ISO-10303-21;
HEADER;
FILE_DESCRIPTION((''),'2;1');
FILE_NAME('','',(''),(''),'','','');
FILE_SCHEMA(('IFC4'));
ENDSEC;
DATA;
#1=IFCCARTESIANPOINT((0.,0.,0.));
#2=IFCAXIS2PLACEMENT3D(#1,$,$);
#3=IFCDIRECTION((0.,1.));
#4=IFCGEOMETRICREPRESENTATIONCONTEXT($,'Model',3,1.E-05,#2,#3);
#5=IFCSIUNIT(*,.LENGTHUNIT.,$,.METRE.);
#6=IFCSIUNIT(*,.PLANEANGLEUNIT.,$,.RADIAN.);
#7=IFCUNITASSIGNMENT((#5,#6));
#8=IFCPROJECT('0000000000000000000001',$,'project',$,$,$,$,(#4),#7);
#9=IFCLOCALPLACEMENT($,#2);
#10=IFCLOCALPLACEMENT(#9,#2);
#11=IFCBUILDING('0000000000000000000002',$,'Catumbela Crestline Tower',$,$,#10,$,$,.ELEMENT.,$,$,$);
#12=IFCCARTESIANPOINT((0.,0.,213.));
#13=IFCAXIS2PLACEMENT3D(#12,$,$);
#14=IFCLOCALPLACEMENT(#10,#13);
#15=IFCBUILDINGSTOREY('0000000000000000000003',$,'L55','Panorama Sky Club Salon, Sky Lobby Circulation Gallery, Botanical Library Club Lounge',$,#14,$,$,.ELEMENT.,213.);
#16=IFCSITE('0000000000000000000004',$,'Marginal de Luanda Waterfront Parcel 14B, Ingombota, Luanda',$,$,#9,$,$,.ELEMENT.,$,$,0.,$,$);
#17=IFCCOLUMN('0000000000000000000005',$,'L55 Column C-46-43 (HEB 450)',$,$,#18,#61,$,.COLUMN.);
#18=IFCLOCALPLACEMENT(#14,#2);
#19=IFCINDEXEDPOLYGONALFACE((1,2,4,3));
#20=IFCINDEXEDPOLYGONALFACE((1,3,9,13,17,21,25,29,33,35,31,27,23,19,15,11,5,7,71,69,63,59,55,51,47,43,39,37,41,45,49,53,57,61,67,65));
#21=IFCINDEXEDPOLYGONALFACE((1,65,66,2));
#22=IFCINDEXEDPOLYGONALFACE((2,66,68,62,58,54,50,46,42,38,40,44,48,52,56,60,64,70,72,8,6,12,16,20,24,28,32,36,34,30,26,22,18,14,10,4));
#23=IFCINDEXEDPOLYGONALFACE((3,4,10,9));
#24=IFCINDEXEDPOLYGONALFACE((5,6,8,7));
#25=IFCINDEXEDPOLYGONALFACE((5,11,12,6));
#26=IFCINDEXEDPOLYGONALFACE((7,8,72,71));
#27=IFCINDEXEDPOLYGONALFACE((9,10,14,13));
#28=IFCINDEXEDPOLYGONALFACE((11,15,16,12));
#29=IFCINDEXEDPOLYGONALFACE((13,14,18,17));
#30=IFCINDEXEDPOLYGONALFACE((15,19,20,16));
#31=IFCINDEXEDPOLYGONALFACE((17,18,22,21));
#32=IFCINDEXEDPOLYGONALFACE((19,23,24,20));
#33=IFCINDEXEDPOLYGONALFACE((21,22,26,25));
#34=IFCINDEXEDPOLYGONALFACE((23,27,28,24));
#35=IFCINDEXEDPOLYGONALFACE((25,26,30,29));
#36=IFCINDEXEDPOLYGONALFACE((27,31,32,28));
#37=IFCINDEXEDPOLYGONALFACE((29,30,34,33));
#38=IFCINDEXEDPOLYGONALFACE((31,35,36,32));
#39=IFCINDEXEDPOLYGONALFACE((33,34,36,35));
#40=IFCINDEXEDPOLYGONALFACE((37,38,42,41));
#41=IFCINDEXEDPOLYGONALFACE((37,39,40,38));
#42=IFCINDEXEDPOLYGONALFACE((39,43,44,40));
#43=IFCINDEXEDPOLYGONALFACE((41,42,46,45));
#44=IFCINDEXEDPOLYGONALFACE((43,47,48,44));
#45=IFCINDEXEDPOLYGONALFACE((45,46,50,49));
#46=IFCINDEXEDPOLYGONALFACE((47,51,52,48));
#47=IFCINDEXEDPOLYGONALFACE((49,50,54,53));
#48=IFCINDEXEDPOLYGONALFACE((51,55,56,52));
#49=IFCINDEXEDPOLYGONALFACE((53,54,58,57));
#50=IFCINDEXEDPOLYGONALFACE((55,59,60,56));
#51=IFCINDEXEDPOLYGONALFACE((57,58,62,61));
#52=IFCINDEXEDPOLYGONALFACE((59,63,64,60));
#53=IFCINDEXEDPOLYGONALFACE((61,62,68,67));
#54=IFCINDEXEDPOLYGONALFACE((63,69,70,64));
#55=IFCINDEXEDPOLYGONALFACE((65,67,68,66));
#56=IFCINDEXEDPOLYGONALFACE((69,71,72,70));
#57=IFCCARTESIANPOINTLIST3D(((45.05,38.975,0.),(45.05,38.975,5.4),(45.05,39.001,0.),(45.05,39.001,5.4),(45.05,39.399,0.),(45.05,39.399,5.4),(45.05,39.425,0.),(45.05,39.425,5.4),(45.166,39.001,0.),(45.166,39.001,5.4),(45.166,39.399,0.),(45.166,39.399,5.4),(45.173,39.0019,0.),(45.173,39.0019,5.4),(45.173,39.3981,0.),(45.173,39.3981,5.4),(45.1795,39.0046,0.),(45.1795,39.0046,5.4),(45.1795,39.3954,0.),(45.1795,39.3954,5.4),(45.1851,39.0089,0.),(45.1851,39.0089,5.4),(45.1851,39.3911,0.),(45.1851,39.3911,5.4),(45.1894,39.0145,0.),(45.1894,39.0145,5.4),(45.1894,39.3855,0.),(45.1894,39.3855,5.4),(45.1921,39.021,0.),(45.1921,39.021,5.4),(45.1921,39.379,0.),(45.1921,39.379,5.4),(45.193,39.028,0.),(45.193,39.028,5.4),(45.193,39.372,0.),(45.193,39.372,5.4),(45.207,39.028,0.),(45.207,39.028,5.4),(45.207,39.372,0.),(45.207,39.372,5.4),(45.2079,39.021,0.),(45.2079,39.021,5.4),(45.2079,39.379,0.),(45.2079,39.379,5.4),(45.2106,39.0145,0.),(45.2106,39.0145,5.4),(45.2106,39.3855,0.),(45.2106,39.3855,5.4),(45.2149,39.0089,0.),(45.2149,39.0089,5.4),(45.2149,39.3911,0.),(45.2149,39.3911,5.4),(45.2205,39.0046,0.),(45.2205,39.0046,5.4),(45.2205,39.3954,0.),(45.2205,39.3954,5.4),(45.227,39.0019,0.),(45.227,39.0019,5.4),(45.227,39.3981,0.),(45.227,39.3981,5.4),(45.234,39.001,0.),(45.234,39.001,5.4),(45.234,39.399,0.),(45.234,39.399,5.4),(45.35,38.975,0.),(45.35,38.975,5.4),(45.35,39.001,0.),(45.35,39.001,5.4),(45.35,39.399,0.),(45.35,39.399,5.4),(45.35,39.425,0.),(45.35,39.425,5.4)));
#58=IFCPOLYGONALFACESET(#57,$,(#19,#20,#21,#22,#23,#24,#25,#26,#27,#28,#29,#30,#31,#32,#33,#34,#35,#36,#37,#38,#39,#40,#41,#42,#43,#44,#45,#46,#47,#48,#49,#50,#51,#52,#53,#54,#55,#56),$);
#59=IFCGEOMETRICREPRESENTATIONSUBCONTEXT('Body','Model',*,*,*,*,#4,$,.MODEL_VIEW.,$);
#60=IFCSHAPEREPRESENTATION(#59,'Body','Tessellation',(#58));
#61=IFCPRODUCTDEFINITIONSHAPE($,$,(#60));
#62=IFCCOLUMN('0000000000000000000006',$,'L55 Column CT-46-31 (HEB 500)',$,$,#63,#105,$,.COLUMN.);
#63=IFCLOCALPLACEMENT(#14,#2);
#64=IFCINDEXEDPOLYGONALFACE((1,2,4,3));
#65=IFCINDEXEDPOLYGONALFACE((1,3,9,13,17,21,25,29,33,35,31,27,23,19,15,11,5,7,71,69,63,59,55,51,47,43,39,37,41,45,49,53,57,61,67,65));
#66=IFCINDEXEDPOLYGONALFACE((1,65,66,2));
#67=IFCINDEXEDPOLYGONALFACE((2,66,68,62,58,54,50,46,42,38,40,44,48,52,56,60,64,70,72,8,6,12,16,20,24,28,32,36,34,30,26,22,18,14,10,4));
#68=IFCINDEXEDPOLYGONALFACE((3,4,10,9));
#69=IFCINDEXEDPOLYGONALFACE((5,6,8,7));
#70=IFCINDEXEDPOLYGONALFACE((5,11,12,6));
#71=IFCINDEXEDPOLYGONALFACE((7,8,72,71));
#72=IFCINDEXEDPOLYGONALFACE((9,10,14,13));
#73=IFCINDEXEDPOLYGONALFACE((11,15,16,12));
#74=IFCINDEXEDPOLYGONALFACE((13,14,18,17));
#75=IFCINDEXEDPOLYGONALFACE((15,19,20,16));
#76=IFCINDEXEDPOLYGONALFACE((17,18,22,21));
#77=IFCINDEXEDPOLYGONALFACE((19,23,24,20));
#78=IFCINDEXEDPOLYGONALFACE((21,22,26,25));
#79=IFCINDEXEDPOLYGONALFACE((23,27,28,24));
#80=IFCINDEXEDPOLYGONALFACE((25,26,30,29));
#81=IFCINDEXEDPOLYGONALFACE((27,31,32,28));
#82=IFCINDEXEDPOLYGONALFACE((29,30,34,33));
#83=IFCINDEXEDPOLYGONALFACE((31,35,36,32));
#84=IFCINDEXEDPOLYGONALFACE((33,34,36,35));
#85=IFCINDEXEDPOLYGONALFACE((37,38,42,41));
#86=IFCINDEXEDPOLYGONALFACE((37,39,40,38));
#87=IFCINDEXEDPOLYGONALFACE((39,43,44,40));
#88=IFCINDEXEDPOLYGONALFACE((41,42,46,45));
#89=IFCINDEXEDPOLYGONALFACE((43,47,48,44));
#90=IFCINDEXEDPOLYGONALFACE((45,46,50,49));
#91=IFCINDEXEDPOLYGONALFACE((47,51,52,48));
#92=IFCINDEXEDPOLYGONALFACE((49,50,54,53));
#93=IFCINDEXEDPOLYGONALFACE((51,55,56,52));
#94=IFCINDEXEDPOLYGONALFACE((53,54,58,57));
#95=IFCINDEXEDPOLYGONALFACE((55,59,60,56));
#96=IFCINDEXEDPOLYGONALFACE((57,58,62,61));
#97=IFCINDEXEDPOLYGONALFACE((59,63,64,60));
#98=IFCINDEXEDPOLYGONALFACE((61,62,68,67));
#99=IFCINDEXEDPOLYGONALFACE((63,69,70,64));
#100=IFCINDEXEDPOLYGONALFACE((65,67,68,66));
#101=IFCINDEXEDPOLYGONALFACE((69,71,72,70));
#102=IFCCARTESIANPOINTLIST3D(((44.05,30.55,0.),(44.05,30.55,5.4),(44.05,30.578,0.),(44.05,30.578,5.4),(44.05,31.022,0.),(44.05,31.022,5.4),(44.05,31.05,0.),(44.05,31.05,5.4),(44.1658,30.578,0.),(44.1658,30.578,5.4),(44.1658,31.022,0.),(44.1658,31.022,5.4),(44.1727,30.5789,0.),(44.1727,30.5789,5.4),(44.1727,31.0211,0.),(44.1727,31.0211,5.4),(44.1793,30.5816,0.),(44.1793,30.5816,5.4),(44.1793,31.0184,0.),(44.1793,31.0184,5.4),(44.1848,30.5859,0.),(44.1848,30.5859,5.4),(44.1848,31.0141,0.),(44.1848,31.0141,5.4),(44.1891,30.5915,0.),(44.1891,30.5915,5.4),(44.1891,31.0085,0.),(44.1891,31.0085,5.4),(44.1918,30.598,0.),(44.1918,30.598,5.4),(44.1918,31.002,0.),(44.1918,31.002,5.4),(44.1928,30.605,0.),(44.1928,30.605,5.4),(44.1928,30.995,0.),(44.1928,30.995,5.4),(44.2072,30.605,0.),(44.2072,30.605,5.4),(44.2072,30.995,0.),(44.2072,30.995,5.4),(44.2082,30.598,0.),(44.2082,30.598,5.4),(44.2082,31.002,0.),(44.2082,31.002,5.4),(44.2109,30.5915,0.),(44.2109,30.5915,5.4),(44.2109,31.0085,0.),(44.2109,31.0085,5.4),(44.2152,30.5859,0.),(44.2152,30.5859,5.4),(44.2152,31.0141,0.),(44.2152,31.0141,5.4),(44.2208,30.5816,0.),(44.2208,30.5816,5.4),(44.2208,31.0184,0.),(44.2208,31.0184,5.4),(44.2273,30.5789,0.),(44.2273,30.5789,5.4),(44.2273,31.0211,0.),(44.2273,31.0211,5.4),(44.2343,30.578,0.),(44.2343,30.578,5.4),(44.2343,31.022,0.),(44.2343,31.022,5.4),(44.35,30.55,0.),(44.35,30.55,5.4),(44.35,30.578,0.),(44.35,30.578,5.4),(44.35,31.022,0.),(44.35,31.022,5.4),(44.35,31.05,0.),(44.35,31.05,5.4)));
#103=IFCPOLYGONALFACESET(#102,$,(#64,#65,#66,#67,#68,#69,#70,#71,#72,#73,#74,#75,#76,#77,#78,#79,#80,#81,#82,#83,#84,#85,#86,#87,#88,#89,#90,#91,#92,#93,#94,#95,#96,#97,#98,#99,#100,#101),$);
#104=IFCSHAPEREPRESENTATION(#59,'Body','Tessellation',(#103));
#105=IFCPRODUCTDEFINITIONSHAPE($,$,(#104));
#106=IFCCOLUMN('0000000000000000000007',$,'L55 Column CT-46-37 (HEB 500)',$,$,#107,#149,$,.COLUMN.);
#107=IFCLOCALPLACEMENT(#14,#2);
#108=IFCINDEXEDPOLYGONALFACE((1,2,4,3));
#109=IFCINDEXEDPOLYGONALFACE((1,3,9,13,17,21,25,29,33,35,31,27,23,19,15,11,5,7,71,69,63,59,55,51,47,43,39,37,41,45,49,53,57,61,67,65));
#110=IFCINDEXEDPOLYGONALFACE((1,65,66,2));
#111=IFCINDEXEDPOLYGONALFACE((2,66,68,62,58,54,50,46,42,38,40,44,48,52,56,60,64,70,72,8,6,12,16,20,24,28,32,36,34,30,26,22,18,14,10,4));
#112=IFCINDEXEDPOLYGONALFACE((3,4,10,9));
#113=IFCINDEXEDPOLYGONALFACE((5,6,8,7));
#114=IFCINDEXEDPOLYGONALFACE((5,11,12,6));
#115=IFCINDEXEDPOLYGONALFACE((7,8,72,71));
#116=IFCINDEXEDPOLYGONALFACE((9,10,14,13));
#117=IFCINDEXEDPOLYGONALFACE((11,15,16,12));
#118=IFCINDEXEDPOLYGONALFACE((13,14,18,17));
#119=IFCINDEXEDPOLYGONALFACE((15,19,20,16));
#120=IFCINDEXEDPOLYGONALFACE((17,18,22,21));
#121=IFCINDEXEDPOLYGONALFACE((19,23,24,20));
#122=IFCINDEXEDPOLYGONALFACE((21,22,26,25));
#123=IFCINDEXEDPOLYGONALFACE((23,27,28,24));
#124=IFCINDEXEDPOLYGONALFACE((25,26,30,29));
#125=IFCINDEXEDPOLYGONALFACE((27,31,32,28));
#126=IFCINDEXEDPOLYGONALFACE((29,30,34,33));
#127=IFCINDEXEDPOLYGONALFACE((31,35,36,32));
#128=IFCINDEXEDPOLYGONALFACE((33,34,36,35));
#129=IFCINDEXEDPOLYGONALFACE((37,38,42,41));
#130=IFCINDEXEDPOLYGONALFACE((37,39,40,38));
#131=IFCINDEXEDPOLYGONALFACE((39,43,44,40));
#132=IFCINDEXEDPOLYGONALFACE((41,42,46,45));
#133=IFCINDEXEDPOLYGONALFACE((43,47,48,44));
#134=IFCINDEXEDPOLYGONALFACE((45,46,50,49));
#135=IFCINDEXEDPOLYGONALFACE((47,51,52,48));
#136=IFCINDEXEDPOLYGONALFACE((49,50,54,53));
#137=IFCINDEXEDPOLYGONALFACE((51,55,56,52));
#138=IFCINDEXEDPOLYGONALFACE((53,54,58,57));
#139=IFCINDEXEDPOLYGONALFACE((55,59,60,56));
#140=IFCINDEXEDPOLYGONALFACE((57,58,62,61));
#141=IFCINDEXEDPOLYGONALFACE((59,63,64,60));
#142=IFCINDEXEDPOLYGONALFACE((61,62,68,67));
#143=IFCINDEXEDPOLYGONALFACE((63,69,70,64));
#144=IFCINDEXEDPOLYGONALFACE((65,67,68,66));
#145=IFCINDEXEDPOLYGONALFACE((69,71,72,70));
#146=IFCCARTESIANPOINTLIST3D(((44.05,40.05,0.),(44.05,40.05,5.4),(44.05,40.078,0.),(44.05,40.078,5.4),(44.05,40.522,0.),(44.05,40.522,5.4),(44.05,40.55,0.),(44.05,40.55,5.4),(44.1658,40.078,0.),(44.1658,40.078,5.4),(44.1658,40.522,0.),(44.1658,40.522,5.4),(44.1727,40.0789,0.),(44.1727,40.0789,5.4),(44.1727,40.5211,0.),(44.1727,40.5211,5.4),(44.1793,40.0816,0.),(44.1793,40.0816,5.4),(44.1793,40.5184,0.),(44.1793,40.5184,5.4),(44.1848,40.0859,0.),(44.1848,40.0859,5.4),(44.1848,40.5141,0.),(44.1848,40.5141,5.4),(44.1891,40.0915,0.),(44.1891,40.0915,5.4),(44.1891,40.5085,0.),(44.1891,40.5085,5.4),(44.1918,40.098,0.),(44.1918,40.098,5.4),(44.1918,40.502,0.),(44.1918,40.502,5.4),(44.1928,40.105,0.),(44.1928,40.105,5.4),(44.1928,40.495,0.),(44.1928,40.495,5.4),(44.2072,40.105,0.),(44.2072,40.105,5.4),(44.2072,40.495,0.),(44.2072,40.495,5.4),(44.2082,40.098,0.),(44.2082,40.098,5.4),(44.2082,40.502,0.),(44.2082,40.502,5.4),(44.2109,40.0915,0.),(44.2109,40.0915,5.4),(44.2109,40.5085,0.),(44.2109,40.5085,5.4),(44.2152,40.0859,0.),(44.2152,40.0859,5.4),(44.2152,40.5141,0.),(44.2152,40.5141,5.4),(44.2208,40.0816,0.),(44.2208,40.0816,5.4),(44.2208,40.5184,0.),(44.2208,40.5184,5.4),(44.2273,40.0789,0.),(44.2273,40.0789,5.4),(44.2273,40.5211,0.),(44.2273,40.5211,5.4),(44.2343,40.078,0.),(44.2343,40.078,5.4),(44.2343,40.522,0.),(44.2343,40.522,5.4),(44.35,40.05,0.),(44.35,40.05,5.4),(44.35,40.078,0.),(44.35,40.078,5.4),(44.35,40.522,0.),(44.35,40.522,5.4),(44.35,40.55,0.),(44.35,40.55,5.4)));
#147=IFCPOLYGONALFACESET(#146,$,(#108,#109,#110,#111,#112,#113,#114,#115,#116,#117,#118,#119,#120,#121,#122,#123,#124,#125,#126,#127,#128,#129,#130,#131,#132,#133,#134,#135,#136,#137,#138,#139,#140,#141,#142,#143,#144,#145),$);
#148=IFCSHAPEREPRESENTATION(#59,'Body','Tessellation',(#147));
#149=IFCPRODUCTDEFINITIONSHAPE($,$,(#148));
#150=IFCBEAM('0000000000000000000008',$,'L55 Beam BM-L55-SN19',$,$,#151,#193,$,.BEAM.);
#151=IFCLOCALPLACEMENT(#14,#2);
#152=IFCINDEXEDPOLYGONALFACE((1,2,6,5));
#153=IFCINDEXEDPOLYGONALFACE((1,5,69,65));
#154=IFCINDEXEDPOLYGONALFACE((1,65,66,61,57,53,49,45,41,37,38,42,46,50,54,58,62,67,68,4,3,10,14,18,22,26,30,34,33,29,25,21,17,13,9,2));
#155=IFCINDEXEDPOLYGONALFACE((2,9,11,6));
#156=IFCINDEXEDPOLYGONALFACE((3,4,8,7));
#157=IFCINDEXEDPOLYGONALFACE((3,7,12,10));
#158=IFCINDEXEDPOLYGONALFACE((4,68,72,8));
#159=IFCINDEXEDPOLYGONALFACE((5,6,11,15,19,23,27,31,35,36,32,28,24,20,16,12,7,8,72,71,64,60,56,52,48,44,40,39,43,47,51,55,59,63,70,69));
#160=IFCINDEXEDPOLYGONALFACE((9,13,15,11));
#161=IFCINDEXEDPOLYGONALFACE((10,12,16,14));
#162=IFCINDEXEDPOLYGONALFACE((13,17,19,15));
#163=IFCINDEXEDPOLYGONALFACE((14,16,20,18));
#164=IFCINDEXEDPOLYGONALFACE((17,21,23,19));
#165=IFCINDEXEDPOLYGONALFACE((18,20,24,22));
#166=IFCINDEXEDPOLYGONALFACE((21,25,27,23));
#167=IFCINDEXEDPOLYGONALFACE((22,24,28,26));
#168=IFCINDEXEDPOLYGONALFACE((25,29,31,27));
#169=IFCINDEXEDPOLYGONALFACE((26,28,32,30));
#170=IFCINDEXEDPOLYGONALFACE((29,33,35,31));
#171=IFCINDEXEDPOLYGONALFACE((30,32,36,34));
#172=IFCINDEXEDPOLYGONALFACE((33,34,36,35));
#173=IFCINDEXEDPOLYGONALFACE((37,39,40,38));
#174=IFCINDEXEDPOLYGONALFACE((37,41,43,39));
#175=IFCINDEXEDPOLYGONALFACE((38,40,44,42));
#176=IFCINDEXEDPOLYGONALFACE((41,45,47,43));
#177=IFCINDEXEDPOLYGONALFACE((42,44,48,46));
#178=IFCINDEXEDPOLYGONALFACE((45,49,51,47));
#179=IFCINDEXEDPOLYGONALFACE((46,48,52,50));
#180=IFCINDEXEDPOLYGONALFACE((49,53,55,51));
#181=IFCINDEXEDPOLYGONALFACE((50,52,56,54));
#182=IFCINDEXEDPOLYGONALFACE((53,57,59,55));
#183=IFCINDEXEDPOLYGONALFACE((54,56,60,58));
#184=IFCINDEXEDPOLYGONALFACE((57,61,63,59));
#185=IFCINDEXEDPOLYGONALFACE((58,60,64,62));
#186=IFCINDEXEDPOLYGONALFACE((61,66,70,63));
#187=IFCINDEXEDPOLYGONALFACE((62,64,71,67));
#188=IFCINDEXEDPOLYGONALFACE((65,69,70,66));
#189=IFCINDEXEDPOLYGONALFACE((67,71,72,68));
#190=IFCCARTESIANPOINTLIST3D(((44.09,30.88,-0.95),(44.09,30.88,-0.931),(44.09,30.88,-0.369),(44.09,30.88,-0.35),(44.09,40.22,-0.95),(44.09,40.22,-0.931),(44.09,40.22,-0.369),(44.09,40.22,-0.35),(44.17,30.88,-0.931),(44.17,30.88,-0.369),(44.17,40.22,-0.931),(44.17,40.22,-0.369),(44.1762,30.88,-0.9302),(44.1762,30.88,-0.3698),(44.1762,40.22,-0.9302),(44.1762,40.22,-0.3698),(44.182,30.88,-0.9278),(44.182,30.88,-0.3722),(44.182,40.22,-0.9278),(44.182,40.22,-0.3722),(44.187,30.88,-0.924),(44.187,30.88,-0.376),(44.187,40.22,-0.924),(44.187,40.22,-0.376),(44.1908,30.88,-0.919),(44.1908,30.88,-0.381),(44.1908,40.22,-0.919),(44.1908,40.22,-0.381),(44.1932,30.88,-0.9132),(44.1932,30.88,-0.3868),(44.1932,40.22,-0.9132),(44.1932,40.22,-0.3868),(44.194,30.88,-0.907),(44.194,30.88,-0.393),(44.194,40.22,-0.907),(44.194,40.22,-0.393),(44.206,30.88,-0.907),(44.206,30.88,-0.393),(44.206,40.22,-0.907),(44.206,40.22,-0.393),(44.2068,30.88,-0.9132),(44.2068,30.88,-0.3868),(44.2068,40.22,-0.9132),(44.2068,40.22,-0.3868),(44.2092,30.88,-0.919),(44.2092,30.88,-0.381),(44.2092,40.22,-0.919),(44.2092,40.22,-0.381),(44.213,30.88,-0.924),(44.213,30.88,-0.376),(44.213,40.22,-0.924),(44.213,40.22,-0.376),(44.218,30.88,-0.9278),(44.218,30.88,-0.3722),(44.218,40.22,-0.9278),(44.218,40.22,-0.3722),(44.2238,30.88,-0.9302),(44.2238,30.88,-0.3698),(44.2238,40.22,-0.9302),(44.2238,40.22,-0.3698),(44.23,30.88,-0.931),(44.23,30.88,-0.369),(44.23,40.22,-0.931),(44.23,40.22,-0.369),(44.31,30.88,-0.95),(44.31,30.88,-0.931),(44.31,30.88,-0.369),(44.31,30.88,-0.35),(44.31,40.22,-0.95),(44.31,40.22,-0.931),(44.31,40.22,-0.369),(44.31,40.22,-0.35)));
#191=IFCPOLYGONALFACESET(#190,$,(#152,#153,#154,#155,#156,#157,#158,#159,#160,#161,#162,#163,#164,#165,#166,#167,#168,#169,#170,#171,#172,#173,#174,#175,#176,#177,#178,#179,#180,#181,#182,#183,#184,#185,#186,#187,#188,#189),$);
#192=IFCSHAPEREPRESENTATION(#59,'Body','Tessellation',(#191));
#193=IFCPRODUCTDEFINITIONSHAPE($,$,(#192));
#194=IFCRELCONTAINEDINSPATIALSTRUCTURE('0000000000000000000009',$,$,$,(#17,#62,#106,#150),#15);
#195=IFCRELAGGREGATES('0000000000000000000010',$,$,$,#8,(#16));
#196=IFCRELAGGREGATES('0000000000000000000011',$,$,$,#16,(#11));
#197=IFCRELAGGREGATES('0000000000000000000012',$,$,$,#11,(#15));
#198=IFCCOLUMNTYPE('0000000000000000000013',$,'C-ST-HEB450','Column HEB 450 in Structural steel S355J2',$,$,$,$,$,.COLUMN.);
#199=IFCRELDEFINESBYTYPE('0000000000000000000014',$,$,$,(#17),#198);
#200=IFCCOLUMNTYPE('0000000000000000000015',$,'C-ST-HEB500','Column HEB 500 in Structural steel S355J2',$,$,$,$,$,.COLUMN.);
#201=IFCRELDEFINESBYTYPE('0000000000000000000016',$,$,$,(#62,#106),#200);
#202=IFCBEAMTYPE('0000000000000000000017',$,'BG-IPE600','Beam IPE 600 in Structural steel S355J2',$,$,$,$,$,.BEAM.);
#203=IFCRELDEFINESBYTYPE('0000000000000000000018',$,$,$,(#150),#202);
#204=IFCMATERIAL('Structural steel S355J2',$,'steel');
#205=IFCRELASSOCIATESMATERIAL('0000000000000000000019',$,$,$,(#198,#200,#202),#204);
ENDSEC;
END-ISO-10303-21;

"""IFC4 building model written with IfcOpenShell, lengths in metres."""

from ifc_helpers import new_model, si_unit, direction, frame, origin, origin_2d, place, context, subcontext, project, spatial, i_section, extrude, material, material_profile, profile_set, type_object, element, save


model = new_model("IFC4")

# Units and contexts
model_context = context("Model", 3, precision=1e-05, world=origin(), true_north=direction((0.0, 1.0)))
body_context = subcontext(model_context, "Body", "Model", "MODEL_VIEW")
ifc_project = project(units=[si_unit("LENGTHUNIT", "METRE"), si_unit("PLANEANGLEUNIT", "RADIAN")], contexts=[model_context])

# Site, building, storey
site_placement = place(None, origin())
site = spatial("IfcSite", under=ifc_project, at=site_placement, Name="Marginal de Luanda Waterfront Parcel 14B, Ingombota, Luanda", CompositionType="ELEMENT", RefElevation=0.0)
building_placement = place(site_placement, origin())
building = spatial("IfcBuilding", under=site, at=building_placement, Name="Catumbela Crestline Tower", CompositionType="ELEMENT")
storey_placement = place(building_placement, frame((0.0, 0.0, 213.0)))
storey = spatial("IfcBuildingStorey", under=building, at=storey_placement, Name="L55", Description="Panorama Sky Club Salon, Sky Lobby Circulation Gallery, Botanical Library Club Lounge", CompositionType="ELEMENT", Elevation=213.0)

# Columns
ifc_material_1 = material(Name="Structural steel S355J2", Category="steel")
ifc_material_profile_1 = material_profile(ifc_material_1, i_section(OverallWidth=0.3, OverallDepth=0.45, WebThickness=0.014, FlangeThickness=0.026, FilletRadius=0.027, at=origin_2d()), Name="HEB 450")
ifc_profile_set_1 = profile_set([ifc_material_profile_1], Name="Structural steel S355J2")
column_type_1 = type_object("IfcColumnType", Name="C-ST-HEB450", Description="Column HEB 450 in Structural steel S355J2", PredefinedType="COLUMN", material=ifc_profile_set_1)
column_placement = place(storey_placement, frame((45.2, 39.2, 0.0), z_axis=(0.0, 0.0, 1.0), x_axis=(1.0, 0.0, 0.0)))
element("IfcColumn", 1, at=column_placement, inside=storey, type_object=column_type_1, Name="L55 Column C-46-43 (HEB 450)", PredefinedType="COLUMN", context=body_context, shape_type="SweptSolid", body=[
    extrude(i_section(OverallWidth=0.3, OverallDepth=0.45, WebThickness=0.014, FlangeThickness=0.026, FilletRadius=0.027, at=origin_2d()), origin(), (0.0, 0.0, 1.0), 5.4),
])
ifc_material_profile_2 = material_profile(ifc_material_1, i_section(OverallWidth=0.3, OverallDepth=0.5, WebThickness=0.0145, FlangeThickness=0.028, FilletRadius=0.027, at=origin_2d()), Name="HEB 500")
ifc_profile_set_2 = profile_set([ifc_material_profile_2], Name="Structural steel S355J2")
column_type_2 = type_object("IfcColumnType", Name="C-ST-HEB500", Description="Column HEB 500 in Structural steel S355J2", PredefinedType="COLUMN", material=ifc_profile_set_2)
for number, where, z_axis, x_axis, name in (
    (2, (44.2, 30.8, 0.0), (0.0, 0.0, 1.0), (1.0, 0.0, 0.0), "L55 Column CT-46-31 (HEB 500)"),
    (3, (44.2, 40.3, 0.0), (0.0, 0.0, 1.0), (1.0, 0.0, 0.0), "L55 Column CT-46-37 (HEB 500)"),
):
    element("IfcColumn", number, at=place(storey_placement, frame(where, z_axis=z_axis, x_axis=x_axis)), inside=storey, type_object=column_type_2, Name=name, PredefinedType="COLUMN", context=body_context, shape_type="SweptSolid", body=[
        extrude(i_section(OverallWidth=0.3, OverallDepth=0.5, WebThickness=0.0145, FlangeThickness=0.028, FilletRadius=0.027, at=origin_2d()), origin(), (0.0, 0.0, 1.0), 5.4),
    ])

# Beam
ifc_material_profile_3 = material_profile(ifc_material_1, i_section(OverallWidth=0.22, OverallDepth=0.6, WebThickness=0.012, FlangeThickness=0.019, FilletRadius=0.024, at=origin_2d()), Name="IPE 600")
ifc_profile_set_3 = profile_set([ifc_material_profile_3], Name="Structural steel S355J2")
beam_type = type_object("IfcBeamType", Name="BG-IPE600", Description="Beam IPE 600 in Structural steel S355J2", PredefinedType="BEAM", material=ifc_profile_set_3)
beam_placement = place(storey_placement, frame((44.2, 30.88, -0.65), z_axis=(0.0, 1.0, 0.0), x_axis=(-1.0, 0.0, 0.0)))
element("IfcBeam", 4, at=beam_placement, inside=storey, type_object=beam_type, Name="L55 Beam BM-L55-SN19", PredefinedType="BEAM", context=body_context, shape_type="SweptSolid", body=[
    extrude(i_section(OverallWidth=0.22, OverallDepth=0.6, WebThickness=0.012, FlangeThickness=0.019, FilletRadius=0.024, at=origin_2d()), origin(), (0.0, 0.0, 1.0), 9.34),
])

save(model, "model.ifc")
